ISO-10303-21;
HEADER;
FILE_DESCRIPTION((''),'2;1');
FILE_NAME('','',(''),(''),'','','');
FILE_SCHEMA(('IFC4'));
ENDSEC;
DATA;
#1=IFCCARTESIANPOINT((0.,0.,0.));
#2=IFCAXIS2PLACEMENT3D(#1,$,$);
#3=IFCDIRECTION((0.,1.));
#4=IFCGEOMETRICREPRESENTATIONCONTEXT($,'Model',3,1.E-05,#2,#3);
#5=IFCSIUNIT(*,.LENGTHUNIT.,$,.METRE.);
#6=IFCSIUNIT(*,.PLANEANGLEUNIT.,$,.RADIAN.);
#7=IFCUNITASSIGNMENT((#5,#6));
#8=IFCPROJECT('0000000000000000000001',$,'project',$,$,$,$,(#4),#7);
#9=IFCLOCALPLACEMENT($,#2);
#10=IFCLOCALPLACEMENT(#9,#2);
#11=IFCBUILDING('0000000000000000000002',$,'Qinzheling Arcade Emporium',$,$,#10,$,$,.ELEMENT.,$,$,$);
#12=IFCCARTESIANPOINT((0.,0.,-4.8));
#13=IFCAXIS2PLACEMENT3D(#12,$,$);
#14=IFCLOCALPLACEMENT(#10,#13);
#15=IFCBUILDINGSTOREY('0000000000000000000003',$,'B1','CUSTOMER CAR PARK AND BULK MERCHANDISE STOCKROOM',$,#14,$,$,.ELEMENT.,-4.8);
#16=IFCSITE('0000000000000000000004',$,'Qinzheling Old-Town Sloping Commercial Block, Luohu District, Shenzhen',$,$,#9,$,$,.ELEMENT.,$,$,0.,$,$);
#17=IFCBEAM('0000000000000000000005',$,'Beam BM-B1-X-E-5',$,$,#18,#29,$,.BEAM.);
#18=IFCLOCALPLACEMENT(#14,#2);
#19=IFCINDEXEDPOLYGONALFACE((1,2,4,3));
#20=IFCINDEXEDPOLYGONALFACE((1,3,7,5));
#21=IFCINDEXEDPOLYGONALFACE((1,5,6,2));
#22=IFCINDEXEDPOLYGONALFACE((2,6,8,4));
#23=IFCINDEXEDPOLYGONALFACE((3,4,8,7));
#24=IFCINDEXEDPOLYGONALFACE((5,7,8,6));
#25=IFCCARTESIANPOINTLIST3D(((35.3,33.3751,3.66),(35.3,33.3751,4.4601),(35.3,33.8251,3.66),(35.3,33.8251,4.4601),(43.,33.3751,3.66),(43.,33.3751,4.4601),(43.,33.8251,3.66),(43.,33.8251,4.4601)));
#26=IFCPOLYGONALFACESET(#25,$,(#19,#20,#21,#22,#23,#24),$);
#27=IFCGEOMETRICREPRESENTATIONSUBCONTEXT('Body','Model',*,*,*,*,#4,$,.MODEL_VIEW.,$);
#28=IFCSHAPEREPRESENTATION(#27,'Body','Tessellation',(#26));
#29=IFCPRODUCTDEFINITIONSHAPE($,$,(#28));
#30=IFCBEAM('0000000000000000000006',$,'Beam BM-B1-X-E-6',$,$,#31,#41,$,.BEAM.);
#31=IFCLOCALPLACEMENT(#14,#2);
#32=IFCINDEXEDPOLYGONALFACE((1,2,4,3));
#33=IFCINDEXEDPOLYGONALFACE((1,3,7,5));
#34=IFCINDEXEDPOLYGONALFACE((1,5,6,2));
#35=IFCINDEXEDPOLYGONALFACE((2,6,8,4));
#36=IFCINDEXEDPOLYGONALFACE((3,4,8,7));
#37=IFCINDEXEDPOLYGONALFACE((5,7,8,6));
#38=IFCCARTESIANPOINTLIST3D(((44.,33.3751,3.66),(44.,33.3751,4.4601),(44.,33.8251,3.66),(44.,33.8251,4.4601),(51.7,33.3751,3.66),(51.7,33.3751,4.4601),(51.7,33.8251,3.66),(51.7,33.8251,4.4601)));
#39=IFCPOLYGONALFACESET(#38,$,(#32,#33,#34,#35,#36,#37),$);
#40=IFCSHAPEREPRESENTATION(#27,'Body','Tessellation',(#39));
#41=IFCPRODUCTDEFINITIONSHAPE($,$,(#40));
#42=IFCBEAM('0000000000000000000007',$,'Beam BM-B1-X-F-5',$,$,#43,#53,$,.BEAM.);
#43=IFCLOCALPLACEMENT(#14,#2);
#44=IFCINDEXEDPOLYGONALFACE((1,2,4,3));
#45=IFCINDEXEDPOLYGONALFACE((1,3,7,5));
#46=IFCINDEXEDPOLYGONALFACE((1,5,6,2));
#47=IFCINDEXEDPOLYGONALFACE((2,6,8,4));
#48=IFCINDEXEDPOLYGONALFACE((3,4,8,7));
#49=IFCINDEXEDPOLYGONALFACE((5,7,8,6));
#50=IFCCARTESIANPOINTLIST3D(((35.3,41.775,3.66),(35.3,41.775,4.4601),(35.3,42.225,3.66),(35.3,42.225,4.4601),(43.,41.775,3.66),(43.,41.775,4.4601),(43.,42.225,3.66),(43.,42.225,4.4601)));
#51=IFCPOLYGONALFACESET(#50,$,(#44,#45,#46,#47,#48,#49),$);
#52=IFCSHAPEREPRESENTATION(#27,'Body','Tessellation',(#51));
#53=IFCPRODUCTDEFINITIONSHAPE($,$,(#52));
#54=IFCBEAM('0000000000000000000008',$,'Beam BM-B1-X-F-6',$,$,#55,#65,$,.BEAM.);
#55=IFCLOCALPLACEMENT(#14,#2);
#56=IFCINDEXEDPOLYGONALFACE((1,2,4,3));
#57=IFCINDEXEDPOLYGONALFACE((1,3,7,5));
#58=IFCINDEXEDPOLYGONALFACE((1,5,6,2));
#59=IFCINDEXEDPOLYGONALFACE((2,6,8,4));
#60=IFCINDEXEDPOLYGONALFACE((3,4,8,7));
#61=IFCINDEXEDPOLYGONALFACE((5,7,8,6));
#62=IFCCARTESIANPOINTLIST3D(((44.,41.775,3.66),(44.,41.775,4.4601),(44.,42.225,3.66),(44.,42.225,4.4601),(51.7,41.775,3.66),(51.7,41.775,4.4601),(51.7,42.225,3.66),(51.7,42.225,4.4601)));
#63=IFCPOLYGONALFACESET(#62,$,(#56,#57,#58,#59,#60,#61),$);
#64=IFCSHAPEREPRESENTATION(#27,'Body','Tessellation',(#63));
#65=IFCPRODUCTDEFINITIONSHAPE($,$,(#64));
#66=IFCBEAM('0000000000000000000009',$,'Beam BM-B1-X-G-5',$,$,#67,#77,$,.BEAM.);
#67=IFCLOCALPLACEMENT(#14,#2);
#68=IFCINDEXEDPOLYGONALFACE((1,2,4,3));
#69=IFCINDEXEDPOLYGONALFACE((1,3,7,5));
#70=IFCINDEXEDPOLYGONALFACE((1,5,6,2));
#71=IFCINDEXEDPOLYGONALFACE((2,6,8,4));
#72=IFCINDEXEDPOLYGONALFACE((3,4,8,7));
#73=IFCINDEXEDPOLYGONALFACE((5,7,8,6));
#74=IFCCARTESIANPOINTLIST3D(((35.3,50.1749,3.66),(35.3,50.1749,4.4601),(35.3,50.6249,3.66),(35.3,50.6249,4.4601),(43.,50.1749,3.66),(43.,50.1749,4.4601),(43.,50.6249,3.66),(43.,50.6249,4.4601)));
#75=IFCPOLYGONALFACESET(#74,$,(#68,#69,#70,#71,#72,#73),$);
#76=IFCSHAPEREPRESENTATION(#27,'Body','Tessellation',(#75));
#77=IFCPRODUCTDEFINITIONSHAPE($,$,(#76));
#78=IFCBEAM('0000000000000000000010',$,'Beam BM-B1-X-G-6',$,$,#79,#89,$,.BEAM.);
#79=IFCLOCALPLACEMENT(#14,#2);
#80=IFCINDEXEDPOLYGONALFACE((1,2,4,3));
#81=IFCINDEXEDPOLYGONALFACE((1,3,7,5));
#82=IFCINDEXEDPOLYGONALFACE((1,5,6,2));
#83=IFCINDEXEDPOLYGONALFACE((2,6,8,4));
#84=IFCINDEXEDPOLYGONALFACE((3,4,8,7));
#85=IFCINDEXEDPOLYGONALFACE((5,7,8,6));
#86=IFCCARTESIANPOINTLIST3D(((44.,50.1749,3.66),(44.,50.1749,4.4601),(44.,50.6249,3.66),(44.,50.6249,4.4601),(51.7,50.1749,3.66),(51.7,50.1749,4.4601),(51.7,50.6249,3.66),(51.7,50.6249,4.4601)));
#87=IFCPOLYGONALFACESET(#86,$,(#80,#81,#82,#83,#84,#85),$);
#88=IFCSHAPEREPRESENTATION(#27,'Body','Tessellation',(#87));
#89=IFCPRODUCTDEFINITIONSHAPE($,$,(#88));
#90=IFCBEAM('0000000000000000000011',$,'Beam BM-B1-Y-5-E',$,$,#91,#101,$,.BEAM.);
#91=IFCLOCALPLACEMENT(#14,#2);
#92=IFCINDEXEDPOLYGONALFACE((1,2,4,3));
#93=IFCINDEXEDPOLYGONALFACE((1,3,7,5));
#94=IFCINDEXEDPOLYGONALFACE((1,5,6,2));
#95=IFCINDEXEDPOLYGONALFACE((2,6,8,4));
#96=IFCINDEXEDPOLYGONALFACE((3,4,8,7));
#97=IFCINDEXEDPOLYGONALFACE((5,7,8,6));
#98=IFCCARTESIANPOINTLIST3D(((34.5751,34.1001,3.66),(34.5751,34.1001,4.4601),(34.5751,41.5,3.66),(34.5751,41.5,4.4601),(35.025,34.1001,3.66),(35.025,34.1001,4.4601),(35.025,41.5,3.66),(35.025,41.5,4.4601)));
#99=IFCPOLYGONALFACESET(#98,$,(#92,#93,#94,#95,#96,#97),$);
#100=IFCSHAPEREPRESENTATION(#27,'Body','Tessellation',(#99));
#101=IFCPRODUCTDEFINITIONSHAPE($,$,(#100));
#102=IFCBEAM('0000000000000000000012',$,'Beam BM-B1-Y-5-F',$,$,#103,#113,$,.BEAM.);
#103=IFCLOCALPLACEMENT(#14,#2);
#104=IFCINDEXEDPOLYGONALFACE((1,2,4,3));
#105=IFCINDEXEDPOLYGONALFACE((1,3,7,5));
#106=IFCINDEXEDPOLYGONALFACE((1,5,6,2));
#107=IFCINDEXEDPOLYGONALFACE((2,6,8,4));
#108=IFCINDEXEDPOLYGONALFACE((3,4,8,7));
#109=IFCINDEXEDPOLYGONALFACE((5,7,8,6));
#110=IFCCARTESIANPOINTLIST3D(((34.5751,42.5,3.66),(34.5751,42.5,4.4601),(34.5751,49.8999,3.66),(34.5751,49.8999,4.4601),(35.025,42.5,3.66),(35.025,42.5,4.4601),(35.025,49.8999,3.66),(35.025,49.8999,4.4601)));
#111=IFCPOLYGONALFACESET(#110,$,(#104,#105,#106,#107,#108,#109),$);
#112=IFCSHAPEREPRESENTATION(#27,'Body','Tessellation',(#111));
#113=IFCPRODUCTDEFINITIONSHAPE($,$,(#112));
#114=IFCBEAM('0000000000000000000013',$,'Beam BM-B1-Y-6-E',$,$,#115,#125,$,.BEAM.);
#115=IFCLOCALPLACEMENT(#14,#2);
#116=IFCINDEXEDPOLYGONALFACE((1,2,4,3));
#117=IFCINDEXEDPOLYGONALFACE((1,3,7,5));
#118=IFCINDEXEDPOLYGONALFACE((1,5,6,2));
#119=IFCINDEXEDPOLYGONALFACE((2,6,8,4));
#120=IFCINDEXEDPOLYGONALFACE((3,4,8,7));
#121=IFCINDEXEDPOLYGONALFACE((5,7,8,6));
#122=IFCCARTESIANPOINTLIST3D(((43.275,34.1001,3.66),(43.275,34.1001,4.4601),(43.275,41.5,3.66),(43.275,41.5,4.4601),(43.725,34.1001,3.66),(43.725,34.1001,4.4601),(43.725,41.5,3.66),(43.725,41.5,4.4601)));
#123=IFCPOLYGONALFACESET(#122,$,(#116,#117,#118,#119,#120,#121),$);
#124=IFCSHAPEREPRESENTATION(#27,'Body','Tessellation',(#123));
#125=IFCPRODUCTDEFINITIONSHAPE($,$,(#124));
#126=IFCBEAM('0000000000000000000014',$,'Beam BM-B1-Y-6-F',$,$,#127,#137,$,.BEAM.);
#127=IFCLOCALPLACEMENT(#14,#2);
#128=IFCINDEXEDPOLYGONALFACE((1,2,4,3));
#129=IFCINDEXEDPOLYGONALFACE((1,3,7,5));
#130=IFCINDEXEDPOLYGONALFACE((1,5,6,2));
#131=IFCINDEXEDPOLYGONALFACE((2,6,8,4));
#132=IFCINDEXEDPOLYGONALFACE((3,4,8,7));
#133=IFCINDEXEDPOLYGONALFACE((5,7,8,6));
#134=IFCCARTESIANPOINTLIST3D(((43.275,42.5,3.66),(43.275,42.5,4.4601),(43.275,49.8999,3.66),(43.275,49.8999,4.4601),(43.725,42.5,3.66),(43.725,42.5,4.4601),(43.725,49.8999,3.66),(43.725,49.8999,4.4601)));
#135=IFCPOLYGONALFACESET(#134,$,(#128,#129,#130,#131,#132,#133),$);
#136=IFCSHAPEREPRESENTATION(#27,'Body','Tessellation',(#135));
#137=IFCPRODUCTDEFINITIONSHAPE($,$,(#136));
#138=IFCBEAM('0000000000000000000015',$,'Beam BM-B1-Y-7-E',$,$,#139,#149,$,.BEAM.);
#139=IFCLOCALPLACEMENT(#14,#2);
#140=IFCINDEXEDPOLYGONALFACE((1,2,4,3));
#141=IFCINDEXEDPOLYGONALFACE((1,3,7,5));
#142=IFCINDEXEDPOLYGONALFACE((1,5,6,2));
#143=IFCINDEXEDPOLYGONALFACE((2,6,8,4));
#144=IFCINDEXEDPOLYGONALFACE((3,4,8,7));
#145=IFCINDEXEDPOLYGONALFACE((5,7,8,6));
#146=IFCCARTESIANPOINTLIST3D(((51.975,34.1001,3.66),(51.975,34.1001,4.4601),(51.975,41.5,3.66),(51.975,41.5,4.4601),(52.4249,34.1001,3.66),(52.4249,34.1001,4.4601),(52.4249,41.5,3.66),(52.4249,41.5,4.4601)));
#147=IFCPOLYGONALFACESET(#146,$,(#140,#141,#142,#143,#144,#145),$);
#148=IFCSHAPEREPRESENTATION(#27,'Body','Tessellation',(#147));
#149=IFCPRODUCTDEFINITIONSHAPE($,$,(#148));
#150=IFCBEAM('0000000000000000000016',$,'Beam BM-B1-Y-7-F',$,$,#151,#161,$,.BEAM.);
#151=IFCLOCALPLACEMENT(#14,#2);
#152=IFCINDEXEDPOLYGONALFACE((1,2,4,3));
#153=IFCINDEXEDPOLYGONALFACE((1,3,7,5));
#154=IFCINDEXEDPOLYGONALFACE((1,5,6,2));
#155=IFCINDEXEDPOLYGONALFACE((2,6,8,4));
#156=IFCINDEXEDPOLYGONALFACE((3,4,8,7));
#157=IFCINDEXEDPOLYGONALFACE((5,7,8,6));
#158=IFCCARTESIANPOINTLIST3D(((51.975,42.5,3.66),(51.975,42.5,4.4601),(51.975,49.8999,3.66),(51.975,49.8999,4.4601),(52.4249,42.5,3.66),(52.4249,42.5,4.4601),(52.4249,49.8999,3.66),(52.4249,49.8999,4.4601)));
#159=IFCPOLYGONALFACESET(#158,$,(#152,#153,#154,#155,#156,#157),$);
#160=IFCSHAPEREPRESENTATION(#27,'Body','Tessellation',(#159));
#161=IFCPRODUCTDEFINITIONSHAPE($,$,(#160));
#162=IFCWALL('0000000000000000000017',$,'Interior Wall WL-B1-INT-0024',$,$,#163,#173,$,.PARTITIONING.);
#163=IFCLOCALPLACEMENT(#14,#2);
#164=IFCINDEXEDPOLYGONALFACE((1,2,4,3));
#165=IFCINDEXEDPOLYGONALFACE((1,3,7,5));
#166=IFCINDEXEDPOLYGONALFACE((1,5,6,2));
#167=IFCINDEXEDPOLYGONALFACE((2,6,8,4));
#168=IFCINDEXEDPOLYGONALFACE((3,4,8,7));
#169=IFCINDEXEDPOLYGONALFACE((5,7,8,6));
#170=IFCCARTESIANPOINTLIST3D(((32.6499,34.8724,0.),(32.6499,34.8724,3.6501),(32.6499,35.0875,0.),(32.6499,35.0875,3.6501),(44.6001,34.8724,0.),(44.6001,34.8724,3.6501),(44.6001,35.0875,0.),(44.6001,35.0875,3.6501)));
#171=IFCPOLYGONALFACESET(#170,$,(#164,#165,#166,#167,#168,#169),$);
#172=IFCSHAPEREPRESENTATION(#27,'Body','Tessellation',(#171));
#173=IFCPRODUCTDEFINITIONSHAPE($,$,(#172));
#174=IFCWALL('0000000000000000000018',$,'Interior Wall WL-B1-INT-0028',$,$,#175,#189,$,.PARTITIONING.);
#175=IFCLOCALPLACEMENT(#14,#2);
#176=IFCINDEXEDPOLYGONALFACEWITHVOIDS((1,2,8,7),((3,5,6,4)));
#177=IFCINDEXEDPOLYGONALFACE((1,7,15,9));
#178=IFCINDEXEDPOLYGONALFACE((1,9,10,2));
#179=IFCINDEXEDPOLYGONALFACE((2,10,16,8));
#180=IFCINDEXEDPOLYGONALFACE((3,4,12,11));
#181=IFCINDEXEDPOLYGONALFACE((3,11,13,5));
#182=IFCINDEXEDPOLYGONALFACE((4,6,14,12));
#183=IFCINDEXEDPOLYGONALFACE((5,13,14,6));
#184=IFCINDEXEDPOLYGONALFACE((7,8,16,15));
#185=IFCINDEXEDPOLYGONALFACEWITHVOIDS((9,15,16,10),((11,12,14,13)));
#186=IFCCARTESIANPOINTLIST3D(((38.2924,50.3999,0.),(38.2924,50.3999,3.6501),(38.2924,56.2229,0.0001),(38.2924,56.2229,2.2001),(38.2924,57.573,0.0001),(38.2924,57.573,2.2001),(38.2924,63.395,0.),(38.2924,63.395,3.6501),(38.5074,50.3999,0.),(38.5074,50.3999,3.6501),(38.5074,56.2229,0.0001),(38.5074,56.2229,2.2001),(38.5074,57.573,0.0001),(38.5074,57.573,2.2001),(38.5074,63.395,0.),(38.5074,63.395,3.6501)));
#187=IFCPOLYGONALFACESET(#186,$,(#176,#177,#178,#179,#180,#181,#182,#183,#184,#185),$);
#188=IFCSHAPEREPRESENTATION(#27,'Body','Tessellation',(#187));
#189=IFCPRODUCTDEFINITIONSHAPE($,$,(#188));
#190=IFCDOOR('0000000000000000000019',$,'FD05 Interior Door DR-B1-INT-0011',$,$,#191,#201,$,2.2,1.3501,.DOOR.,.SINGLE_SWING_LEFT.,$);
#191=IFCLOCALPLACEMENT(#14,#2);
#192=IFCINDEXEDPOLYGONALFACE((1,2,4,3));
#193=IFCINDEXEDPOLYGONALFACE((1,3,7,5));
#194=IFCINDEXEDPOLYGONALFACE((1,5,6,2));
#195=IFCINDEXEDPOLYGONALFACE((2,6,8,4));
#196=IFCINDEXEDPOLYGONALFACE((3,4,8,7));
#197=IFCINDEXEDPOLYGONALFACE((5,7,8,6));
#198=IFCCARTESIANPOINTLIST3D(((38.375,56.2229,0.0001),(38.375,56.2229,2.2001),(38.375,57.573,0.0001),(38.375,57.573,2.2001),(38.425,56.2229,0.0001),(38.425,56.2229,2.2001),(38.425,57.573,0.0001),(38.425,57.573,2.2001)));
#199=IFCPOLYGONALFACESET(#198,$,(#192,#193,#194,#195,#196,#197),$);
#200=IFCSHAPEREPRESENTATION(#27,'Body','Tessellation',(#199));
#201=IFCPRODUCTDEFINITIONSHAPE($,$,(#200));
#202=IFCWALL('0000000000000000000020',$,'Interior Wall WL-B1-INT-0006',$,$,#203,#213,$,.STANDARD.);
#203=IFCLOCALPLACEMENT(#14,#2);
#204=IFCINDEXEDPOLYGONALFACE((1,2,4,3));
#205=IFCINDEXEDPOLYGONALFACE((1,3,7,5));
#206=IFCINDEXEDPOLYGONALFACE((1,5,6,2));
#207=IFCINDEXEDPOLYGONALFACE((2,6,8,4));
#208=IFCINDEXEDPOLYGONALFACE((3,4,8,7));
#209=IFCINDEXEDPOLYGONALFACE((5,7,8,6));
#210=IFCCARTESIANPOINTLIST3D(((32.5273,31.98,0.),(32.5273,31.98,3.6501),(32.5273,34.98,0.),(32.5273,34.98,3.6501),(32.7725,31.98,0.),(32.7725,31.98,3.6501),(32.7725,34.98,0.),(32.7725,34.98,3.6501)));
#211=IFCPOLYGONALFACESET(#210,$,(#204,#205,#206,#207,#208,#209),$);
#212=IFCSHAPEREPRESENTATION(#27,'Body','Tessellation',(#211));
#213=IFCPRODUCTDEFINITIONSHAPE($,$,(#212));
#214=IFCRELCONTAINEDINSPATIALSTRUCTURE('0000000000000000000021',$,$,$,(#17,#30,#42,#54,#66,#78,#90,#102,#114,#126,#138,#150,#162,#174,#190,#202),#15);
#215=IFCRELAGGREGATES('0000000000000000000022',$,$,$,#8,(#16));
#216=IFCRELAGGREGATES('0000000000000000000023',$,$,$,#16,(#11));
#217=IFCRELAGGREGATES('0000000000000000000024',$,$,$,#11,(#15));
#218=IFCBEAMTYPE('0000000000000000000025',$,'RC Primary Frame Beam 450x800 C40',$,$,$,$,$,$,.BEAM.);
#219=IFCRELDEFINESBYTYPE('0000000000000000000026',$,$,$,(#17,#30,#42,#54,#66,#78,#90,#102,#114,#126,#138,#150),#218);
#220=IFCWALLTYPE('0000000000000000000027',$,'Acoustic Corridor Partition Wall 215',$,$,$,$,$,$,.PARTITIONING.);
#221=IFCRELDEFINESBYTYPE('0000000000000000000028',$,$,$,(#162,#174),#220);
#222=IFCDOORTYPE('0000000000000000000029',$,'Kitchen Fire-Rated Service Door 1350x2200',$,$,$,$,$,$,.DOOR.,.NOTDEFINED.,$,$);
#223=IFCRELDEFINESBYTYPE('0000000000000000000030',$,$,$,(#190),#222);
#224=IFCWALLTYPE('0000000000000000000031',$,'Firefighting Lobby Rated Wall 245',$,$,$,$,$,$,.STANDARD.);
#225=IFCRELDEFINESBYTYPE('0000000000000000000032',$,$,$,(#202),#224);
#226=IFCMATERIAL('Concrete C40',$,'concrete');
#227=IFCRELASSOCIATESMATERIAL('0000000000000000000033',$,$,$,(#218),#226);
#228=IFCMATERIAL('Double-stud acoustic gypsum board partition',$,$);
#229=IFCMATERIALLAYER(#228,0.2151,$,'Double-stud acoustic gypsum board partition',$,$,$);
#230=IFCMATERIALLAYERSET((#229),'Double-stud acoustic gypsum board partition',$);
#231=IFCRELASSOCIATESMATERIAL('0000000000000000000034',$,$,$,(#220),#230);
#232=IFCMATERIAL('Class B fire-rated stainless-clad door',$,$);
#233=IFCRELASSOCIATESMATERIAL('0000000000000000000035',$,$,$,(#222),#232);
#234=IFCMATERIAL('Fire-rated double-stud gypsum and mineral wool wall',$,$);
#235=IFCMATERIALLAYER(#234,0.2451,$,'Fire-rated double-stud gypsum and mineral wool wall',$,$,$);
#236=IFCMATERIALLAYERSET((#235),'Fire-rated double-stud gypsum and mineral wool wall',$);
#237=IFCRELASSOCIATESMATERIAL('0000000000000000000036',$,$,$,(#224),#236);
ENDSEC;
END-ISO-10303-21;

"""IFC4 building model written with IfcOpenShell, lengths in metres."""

from ifc_helpers import new_model, si_unit, direction, frame, frame_2d, origin, origin_2d, place, context, subcontext, project, spatial, rectangle, extrude, material, layer, layer_set, material_profile, profile_set, type_object, element, fill, save


model = new_model("IFC4")

# Units and contexts
model_context = context("Model", 3, precision=1e-05, world=origin(), true_north=direction((0.0, 1.0)))
body_context = subcontext(model_context, "Body", "Model", "MODEL_VIEW")
ifc_project = project(units=[si_unit("LENGTHUNIT", "METRE"), si_unit("PLANEANGLEUNIT", "RADIAN")], contexts=[model_context])

# Site, building, storey
site_placement = place(None, origin())
site = spatial("IfcSite", under=ifc_project, at=site_placement, Name="Qinzheling Old-Town Sloping Commercial Block, Luohu District, Shenzhen", CompositionType="ELEMENT", RefElevation=0.0)
building_placement = place(site_placement, origin())
building = spatial("IfcBuilding", under=site, at=building_placement, Name="Qinzheling Arcade Emporium", CompositionType="ELEMENT")
storey_placement = place(building_placement, frame((0.0, 0.0, -4.8)))
storey = spatial("IfcBuildingStorey", under=building, at=storey_placement, Name="B1", Description="CUSTOMER CAR PARK AND BULK MERCHANDISE STOCKROOM", CompositionType="ELEMENT", Elevation=-4.8)

# Beams
ifc_material_1 = material(Name="Concrete C40", Category="concrete")
ifc_material_profile_1 = material_profile(ifc_material_1, rectangle(XDim=0.45, YDim=0.8, at=origin_2d()), Name="RC 450x800", Category="concrete")
ifc_profile_set_1 = profile_set([ifc_material_profile_1], Name="Concrete C40")
beam_type_1 = type_object("IfcBeamType", Name="RC Primary Frame Beam 450x800 C40", PredefinedType="BEAM", material=ifc_profile_set_1)
for number, where, z_axis, x_axis, name in (
    (1, (35.3, 33.6001, 4.0601), (1.0, 0.0, 0.0), (0.0, 1.0, 0.0), "Beam BM-B1-X-E-5"),
    (2, (44.0, 33.6001, 4.0601), (1.0, 0.0, 0.0), (0.0, 1.0, 0.0), "Beam BM-B1-X-E-6"),
    (3, (35.3, 42.0, 4.0601), (1.0, 0.0, 0.0), (0.0, 1.0, 0.0), "Beam BM-B1-X-F-5"),
    (4, (44.0, 42.0, 4.0601), (1.0, 0.0, 0.0), (0.0, 1.0, 0.0), "Beam BM-B1-X-F-6"),
    (5, (35.3, 50.3999, 4.0601), (1.0, 0.0, 0.0), (0.0, 1.0, 0.0), "Beam BM-B1-X-G-5"),
    (6, (44.0, 50.3999, 4.0601), (1.0, 0.0, 0.0), (0.0, 1.0, 0.0), "Beam BM-B1-X-G-6"),
):
    element("IfcBeam", number, at=place(storey_placement, frame(where, z_axis=z_axis, x_axis=x_axis)), inside=storey, type_object=beam_type_1, Name=name, PredefinedType="BEAM", context=body_context, shape_type="SweptSolid", body=[
        extrude(rectangle(XDim=0.45, YDim=0.8, at=origin_2d()), origin(), (0.0, 0.0, 1.0), 7.7),
    ])
for number, where, z_axis, x_axis, name in (
    (7, (34.8, 34.1001, 4.0601), (0.0, 1.0, 0.0), (-1.0, 0.0, 0.0), "Beam BM-B1-Y-5-E"),
    (8, (34.8, 42.5, 4.0601), (0.0, 1.0, 0.0), (-1.0, 0.0, 0.0), "Beam BM-B1-Y-5-F"),
    (9, (43.5, 34.1001, 4.0601), (0.0, 1.0, 0.0), (-1.0, 0.0, 0.0), "Beam BM-B1-Y-6-E"),
    (10, (43.5, 42.5, 4.0601), (0.0, 1.0, 0.0), (-1.0, 0.0, 0.0), "Beam BM-B1-Y-6-F"),
    (11, (52.2, 34.1001, 4.0601), (0.0, 1.0, 0.0), (-1.0, 0.0, 0.0), "Beam BM-B1-Y-7-E"),
    (12, (52.2, 42.5, 4.0601), (0.0, 1.0, 0.0), (-1.0, 0.0, 0.0), "Beam BM-B1-Y-7-F"),
):
    element("IfcBeam", number, at=place(storey_placement, frame(where, z_axis=z_axis, x_axis=x_axis)), inside=storey, type_object=beam_type_1, Name=name, PredefinedType="BEAM", context=body_context, shape_type="SweptSolid", body=[
        extrude(rectangle(XDim=0.45, YDim=0.8, at=origin_2d()), origin(), (0.0, 0.0, 1.0), 7.3999),
    ])

# Wall
ifc_material_2 = material(Name="Double-stud acoustic gypsum board partition")
ifc_layer_1 = layer(ifc_material_2, 0.2151, Name="Double-stud acoustic gypsum board partition")
ifc_layer_set_1 = layer_set([ifc_layer_1], Name="Double-stud acoustic gypsum board partition")
wall_type_1 = type_object("IfcWallType", Name="Acoustic Corridor Partition Wall 215", PredefinedType="PARTITIONING", material=ifc_layer_set_1)
wall_1_placement = place(storey_placement, frame((44.6001, 34.98, 0.0), z_axis=(0.0, 0.0, 1.0), x_axis=(-1.0, 0.0, 0.0)))
element("IfcWall", 13, at=wall_1_placement, inside=storey, type_object=wall_type_1, Name="Interior Wall WL-B1-INT-0024", PredefinedType="PARTITIONING", context=body_context, shape_type="SweptSolid", body=[
    extrude(rectangle(XDim=11.9502, YDim=0.2151, at=frame_2d((5.9751, 0.0))), origin(), (0.0, 0.0, 1.0), 3.6501),
])

# Wall, opening, door
wall_2_placement = place(storey_placement, frame((38.3999, 50.3999, 0.0), z_axis=(0.0, 0.0, 1.0), x_axis=(0.0, 1.0, 0.0)))
wall_2 = element("IfcWall", 14, at=wall_2_placement, inside=storey, type_object=wall_type_1, Name="Interior Wall WL-B1-INT-0028", PredefinedType="PARTITIONING", context=body_context, shape_type="SweptSolid", body=[
    extrude(rectangle(XDim=12.9951, YDim=0.2151, at=frame_2d((6.4976, 0.0))), origin(), (0.0, 0.0, 1.0), 3.6501),
])
opening_placement = place(wall_2_placement, frame((5.823, 0.0, 0.0)))
opening = element("IfcOpeningElement", 15, at=opening_placement, cuts=wall_2, PredefinedType="OPENING", context=body_context, shape_type="SweptSolid", body=[
    extrude(rectangle(XDim=1.3501, YDim=2.2, at=frame_2d((0.675, 1.1001))), frame((0.0, 0.1177, 0.0), z_axis=(0.0, -1.0, 0.0), x_axis=(1.0, 0.0, 0.0)), (0.0, 0.0, 1.0), 0.2351),
])
ifc_material_3 = material(Name="Class B fire-rated stainless-clad door")
door_type = type_object("IfcDoorType", Name="Kitchen Fire-Rated Service Door 1350x2200", OperationType="NOTDEFINED", PredefinedType="DOOR", material=ifc_material_3)
door_placement = place(opening_placement, origin())
door = element("IfcDoor", 16, at=door_placement, inside=storey, type_object=door_type, Name="FD05 Interior Door DR-B1-INT-0011", OperationType="SINGLE_SWING_LEFT", OverallHeight=2.2, OverallWidth=1.3501, PredefinedType="DOOR", context=body_context, shape_type="SweptSolid", body=[
    extrude(rectangle(XDim=1.3501, YDim=2.2, at=frame_2d((0.675, 1.1001))), frame((0.0, 0.0249, 0.0), z_axis=(0.0, -1.0, 0.0), x_axis=(1.0, 0.0, 0.0)), (0.0, 0.0, 1.0), 0.05),
])
fill(opening, door)

# Wall
ifc_material_4 = material(Name="Fire-rated double-stud gypsum and mineral wool wall")
ifc_layer_2 = layer(ifc_material_4, 0.2451, Name="Fire-rated double-stud gypsum and mineral wool wall")
ifc_layer_set_2 = layer_set([ifc_layer_2], Name="Fire-rated double-stud gypsum and mineral wool wall")
wall_type_2 = type_object("IfcWallType", Name="Firefighting Lobby Rated Wall 245", PredefinedType="STANDARD", material=ifc_layer_set_2)
wall_3_placement = place(storey_placement, frame((32.6499, 34.98, 0.0), z_axis=(0.0, 0.0, 1.0), x_axis=(0.0, -1.0, 0.0)))
element("IfcWall", 17, at=wall_3_placement, inside=storey, type_object=wall_type_2, Name="Interior Wall WL-B1-INT-0006", PredefinedType="STANDARD", context=body_context, shape_type="SweptSolid", body=[
    extrude(rectangle(XDim=3.0, YDim=0.2451, at=frame_2d((1.5, 0.0))), origin(), (0.0, 0.0, 1.0), 3.6501),
])

save(model, "model.ifc")
